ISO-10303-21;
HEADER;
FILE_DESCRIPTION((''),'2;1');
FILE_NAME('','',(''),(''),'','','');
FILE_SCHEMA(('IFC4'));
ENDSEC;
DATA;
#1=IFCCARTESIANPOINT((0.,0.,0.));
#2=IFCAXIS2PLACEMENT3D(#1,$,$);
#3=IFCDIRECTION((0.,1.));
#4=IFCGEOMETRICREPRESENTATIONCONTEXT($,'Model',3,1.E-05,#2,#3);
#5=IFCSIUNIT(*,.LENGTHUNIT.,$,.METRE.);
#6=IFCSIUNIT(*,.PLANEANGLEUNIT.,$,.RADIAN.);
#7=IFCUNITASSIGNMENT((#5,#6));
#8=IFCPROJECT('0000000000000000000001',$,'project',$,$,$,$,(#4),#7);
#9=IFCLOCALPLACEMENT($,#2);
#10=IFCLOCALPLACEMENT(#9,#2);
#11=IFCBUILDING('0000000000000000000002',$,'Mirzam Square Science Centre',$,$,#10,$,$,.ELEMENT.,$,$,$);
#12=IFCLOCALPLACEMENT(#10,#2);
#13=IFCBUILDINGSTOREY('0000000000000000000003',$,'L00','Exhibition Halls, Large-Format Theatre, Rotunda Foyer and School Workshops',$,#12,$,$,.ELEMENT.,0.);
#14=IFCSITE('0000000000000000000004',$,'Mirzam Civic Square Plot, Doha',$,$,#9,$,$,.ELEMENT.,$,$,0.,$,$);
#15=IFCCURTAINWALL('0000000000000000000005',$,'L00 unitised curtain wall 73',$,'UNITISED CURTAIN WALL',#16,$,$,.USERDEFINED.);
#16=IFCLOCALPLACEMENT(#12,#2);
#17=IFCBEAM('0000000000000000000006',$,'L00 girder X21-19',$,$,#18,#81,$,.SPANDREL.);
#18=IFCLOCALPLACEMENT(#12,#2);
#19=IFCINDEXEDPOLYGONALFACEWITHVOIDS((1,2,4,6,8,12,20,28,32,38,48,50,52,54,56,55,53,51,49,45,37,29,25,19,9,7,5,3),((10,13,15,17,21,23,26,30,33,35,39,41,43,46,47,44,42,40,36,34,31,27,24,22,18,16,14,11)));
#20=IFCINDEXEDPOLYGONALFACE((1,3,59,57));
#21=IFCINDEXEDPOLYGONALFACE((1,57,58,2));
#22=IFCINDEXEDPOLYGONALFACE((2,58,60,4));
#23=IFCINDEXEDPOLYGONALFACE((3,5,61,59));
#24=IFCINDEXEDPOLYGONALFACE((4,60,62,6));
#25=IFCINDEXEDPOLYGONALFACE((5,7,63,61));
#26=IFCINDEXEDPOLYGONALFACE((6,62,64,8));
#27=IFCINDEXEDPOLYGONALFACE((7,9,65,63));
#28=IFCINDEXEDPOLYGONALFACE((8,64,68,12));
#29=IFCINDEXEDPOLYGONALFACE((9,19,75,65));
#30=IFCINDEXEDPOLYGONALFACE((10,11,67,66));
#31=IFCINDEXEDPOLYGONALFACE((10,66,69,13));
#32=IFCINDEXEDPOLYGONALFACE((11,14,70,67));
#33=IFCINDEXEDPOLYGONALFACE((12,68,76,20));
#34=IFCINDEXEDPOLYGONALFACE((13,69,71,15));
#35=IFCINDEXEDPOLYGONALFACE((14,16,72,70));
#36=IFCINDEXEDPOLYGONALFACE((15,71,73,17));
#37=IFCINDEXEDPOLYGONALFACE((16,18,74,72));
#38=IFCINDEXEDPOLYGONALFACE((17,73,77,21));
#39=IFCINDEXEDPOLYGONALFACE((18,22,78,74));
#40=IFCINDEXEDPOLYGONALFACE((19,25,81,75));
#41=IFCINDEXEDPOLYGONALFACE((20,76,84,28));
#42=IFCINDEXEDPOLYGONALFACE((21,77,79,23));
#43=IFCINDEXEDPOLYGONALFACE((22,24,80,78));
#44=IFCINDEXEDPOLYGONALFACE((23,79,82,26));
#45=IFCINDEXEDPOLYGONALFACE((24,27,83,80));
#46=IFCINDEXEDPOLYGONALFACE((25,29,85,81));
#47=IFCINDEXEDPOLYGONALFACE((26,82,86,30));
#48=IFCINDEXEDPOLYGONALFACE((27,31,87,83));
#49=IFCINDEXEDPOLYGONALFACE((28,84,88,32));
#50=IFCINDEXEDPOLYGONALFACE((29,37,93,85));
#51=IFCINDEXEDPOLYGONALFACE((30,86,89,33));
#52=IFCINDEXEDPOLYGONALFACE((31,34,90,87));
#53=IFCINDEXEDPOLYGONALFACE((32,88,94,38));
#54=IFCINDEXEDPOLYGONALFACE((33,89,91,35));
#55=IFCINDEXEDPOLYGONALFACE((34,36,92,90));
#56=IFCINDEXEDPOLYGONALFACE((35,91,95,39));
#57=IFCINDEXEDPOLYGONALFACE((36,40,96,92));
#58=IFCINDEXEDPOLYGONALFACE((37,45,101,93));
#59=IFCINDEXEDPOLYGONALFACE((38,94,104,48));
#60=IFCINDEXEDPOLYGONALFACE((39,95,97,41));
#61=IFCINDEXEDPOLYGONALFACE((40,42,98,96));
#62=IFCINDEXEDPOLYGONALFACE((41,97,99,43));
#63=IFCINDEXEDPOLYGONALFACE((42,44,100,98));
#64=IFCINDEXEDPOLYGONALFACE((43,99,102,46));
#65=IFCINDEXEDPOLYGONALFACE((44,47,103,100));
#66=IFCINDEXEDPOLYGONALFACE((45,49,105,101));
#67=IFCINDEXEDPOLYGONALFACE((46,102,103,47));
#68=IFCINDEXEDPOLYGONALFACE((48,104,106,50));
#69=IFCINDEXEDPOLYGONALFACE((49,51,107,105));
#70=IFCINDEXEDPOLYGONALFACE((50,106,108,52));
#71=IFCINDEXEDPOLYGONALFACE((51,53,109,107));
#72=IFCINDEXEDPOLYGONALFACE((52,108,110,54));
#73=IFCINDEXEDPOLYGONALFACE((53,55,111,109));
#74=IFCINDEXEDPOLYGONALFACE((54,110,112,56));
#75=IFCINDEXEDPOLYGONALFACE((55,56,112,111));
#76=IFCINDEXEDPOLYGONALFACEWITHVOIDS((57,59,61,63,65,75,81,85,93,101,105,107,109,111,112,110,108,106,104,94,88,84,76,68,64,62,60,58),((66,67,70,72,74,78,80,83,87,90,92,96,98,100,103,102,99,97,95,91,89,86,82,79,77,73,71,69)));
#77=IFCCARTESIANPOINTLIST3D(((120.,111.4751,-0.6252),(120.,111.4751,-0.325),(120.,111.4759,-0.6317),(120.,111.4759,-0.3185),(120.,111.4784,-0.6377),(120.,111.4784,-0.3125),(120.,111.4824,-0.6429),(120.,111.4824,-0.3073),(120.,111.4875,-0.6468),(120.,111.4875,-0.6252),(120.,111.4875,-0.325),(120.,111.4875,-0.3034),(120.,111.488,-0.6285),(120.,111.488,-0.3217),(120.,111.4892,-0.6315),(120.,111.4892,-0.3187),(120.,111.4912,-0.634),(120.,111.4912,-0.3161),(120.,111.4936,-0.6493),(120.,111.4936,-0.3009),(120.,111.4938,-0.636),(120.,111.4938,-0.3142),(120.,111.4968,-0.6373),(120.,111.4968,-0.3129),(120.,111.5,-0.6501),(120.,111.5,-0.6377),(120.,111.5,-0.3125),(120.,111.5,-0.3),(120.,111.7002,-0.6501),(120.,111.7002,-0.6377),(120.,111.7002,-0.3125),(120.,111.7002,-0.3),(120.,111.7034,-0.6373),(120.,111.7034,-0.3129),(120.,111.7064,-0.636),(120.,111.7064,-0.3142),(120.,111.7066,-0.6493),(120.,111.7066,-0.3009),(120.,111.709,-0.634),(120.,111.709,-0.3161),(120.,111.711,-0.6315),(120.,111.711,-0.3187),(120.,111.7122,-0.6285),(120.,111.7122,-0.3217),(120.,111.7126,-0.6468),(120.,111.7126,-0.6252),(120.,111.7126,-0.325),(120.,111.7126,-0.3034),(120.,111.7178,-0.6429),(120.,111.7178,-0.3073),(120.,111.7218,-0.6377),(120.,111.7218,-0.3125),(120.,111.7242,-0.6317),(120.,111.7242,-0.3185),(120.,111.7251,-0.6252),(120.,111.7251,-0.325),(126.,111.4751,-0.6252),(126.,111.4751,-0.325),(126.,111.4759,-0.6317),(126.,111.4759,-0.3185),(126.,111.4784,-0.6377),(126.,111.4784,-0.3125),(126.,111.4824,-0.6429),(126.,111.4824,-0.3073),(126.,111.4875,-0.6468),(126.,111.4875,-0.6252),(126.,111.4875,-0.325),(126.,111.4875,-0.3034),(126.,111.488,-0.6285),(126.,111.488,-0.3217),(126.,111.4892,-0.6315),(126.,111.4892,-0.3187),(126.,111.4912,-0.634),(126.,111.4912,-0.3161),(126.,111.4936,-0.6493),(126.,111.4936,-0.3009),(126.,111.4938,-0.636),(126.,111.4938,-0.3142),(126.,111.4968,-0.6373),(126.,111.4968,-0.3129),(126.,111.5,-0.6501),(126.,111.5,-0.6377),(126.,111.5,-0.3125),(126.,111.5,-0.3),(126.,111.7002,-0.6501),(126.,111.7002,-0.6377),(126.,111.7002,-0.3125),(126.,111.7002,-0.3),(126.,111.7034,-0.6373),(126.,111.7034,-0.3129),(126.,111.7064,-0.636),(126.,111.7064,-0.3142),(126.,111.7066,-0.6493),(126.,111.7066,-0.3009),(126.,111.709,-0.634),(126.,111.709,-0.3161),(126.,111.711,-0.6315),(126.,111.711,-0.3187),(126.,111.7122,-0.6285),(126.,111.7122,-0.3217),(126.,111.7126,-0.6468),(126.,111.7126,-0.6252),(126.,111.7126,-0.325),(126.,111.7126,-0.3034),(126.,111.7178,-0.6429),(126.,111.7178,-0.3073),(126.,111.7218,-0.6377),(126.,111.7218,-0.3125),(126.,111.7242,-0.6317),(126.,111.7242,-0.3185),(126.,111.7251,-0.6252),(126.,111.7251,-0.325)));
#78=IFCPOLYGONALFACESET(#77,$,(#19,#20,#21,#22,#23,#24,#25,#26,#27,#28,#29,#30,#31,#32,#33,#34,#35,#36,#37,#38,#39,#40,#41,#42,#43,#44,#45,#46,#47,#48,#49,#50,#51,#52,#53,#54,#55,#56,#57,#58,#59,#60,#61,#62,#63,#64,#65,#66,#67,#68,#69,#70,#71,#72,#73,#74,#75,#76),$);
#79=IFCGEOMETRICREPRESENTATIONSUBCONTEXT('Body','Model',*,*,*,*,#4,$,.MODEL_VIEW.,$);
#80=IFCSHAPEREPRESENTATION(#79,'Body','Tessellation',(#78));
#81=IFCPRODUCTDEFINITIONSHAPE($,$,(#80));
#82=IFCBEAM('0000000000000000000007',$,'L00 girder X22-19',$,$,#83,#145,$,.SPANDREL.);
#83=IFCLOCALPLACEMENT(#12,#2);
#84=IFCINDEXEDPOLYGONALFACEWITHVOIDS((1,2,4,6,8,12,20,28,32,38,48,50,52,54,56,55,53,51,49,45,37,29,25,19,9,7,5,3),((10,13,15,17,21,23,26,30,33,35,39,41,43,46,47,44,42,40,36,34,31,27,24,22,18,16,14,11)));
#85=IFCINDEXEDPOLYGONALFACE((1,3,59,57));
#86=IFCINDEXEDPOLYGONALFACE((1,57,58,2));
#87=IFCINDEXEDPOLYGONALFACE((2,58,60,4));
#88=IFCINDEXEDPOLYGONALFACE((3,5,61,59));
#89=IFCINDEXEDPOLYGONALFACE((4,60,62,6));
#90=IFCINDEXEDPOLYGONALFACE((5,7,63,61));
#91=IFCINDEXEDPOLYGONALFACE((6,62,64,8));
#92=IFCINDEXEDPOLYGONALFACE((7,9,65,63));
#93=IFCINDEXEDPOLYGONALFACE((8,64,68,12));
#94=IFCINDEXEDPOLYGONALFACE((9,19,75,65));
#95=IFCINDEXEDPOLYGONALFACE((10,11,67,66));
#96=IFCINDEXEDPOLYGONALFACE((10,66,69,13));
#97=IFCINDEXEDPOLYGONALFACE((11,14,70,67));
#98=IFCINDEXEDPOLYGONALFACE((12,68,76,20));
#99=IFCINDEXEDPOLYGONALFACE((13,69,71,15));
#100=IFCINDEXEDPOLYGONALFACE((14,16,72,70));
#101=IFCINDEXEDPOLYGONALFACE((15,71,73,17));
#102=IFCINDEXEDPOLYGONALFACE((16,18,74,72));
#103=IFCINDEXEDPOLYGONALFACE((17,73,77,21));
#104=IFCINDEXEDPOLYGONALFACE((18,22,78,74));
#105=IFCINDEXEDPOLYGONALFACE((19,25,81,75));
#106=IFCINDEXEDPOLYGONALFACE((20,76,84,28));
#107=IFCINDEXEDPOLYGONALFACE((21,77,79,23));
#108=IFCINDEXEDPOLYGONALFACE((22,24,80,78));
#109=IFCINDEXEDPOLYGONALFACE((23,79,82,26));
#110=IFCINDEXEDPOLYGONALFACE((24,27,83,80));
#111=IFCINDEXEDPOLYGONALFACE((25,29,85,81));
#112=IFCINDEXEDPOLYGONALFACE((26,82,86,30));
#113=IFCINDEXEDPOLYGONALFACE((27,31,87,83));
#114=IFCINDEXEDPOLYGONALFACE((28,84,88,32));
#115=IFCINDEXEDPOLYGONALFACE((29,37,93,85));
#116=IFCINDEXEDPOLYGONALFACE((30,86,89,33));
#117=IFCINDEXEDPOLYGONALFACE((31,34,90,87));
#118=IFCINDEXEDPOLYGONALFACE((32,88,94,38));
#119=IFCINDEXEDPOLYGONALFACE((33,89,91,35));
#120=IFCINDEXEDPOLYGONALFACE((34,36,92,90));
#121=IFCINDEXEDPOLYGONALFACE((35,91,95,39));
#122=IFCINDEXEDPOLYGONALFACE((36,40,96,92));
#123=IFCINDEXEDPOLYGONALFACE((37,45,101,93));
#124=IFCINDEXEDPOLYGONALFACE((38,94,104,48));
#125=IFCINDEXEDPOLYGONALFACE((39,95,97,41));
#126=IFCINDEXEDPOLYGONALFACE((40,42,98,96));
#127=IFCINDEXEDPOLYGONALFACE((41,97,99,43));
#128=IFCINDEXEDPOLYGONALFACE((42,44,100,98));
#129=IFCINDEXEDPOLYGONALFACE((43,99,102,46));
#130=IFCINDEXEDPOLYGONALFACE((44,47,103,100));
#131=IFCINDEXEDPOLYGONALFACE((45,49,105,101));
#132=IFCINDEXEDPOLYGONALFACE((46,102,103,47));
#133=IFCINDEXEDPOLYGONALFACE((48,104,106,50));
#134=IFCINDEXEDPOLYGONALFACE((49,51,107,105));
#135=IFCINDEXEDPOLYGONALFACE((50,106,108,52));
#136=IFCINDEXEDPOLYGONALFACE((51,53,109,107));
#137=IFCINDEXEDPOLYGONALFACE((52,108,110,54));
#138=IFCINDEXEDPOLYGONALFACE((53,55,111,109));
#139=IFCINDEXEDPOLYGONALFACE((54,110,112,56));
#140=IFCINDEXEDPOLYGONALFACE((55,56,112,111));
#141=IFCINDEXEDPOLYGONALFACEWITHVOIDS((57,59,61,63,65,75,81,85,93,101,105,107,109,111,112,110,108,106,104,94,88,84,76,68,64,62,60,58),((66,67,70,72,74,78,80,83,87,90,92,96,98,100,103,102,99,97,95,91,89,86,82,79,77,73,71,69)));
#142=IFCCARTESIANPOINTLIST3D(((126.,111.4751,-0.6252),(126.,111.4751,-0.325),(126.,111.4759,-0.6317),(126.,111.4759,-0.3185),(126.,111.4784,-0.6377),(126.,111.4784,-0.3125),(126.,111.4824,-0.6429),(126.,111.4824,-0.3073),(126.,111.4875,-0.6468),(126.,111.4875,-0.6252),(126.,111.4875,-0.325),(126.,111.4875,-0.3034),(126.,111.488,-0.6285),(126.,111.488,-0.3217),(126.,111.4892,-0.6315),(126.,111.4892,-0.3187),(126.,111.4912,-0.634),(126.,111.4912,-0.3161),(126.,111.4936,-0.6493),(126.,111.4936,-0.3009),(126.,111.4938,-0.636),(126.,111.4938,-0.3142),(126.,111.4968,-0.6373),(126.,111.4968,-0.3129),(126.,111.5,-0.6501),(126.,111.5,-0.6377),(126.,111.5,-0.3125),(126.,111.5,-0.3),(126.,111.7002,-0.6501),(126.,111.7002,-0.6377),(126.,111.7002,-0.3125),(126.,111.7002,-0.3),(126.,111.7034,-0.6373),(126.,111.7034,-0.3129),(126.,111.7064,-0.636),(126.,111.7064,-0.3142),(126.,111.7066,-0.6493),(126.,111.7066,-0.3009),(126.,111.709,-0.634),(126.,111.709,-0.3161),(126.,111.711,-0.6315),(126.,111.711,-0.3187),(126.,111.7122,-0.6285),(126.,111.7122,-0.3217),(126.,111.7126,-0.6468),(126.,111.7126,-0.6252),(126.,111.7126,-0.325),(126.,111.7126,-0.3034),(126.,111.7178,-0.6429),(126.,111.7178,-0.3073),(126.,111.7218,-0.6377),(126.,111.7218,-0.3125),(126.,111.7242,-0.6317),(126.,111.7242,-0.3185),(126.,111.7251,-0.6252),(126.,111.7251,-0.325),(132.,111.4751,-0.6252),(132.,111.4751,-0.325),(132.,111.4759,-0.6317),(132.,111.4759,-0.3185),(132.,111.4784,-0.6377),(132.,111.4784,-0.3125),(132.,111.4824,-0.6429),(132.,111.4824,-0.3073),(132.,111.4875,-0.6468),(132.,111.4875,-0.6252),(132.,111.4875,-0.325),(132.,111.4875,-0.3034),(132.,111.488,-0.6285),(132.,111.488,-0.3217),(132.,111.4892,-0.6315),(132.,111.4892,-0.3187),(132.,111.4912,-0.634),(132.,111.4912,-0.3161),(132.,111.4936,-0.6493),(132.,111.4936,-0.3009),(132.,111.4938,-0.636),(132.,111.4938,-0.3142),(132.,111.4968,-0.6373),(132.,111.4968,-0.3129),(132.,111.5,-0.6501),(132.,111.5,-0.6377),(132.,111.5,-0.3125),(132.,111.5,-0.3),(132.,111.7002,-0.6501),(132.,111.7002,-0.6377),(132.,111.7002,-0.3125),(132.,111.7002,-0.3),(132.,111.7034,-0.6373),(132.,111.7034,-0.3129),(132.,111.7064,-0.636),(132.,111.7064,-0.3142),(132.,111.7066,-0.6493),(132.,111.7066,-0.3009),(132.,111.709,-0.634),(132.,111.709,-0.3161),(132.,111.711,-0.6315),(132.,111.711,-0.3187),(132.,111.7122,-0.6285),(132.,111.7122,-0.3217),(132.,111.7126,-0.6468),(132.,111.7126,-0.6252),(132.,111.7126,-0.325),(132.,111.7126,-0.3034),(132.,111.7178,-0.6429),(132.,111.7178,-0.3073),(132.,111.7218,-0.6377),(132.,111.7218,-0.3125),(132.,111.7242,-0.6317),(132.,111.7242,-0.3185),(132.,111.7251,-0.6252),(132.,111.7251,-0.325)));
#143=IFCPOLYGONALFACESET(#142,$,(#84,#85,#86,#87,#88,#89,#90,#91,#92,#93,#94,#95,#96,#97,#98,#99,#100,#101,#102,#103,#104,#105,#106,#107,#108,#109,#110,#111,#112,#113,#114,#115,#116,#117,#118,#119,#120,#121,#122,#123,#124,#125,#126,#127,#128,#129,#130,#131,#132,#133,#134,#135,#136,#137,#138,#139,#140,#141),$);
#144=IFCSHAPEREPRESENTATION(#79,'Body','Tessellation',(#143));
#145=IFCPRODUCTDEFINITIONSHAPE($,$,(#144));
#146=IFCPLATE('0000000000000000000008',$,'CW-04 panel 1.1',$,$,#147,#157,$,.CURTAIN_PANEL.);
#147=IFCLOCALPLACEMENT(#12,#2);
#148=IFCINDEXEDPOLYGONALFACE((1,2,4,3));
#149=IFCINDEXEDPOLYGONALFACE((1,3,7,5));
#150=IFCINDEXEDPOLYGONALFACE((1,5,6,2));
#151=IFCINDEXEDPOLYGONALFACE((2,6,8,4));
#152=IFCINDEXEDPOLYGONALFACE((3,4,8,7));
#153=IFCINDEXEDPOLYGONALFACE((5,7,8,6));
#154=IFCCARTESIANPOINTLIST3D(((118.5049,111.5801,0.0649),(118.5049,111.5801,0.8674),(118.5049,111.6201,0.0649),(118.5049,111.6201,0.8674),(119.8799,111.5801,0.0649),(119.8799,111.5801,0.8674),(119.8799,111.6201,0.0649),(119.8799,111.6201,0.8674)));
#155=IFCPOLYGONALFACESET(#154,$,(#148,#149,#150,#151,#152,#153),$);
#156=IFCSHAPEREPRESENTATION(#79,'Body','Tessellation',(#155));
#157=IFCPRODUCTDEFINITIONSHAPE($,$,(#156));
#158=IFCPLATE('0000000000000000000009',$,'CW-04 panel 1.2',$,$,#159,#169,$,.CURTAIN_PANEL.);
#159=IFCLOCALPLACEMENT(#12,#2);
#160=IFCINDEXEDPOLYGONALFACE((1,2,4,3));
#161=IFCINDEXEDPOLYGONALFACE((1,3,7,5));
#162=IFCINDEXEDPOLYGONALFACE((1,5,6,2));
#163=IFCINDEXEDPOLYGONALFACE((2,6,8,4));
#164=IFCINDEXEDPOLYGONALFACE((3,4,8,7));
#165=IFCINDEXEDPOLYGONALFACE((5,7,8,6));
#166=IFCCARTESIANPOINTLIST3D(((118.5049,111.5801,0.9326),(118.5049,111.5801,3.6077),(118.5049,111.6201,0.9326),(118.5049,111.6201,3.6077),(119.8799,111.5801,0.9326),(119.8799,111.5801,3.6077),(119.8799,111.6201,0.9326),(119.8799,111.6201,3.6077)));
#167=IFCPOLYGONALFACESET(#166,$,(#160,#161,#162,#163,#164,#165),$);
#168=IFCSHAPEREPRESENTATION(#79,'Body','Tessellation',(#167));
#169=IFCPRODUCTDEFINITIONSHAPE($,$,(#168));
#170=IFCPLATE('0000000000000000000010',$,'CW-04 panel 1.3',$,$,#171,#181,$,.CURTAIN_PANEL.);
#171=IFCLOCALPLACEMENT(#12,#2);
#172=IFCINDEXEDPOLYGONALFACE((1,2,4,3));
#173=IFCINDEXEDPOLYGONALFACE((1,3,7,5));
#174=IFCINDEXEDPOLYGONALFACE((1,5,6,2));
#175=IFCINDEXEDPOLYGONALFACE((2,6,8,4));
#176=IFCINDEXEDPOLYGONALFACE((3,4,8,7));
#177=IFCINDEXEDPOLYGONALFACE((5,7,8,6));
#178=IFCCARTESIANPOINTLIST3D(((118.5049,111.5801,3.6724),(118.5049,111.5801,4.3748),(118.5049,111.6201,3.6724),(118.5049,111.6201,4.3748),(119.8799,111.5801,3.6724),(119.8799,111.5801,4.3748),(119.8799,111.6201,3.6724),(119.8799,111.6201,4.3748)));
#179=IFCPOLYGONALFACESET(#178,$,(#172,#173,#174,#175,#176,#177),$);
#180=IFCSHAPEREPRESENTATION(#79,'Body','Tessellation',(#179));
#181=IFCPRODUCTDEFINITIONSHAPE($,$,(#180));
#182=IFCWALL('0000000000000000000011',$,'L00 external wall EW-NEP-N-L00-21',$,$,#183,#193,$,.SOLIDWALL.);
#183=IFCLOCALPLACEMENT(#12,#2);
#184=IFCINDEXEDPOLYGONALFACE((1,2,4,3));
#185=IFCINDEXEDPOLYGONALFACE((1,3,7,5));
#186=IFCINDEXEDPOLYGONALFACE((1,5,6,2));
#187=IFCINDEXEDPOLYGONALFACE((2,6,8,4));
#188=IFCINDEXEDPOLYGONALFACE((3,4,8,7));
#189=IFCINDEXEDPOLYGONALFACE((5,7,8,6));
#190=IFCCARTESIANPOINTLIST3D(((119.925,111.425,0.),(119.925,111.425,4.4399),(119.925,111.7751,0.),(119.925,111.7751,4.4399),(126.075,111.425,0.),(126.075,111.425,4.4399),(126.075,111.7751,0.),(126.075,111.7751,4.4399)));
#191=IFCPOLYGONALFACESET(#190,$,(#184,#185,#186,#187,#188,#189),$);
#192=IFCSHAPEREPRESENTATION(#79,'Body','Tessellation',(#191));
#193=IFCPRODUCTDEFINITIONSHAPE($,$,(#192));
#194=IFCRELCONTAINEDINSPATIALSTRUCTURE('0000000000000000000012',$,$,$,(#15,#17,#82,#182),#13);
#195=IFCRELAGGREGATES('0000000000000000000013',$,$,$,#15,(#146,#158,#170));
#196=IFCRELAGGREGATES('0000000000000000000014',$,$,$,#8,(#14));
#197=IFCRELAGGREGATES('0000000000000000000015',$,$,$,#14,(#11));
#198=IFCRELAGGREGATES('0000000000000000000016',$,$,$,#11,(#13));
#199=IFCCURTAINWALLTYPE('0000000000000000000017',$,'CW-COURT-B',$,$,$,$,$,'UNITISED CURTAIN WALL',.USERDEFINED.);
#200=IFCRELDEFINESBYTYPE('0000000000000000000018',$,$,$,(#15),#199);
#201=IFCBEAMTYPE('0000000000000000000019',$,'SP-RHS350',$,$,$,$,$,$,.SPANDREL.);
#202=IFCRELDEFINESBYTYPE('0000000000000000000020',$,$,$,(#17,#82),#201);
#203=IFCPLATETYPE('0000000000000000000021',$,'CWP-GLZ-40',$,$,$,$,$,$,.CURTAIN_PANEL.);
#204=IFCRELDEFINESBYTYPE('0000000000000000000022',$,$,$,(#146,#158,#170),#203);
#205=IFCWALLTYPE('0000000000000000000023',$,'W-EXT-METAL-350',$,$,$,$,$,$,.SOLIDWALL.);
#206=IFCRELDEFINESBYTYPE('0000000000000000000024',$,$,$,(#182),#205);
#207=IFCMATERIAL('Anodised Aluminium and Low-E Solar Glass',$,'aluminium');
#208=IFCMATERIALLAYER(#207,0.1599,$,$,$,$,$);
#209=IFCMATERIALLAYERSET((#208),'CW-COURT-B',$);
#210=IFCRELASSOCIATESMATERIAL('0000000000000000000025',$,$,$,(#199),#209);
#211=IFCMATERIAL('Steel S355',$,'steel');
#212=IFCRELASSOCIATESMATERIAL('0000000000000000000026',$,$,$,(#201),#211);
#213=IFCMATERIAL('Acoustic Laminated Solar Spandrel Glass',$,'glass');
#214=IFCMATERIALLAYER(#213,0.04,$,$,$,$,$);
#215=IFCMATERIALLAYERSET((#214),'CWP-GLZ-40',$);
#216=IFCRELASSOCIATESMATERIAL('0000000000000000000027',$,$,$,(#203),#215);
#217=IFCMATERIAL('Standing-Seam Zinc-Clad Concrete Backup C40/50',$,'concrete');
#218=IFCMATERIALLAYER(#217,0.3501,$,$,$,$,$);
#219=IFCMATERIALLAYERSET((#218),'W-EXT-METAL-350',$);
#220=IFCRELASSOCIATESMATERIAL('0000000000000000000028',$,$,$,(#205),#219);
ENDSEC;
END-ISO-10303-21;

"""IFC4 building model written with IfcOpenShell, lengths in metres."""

from ifc_helpers import new_model, si_unit, direction, frame, frame_2d, origin, origin_2d, place, context, subcontext, project, spatial, rectangle, hollow_rectangle, extrude, material, layer, layer_set, material_profile, profile_set, type_object, element, aggregate, save


model = new_model("IFC4")

# Units and contexts
model_context = context("Model", 3, precision=1e-05, world=origin(), true_north=direction((0.0, 1.0)))
body_context = subcontext(model_context, "Body", "Model", "MODEL_VIEW")
ifc_project = project(units=[si_unit("LENGTHUNIT", "METRE"), si_unit("PLANEANGLEUNIT", "RADIAN")], contexts=[model_context])

# Site, building, storey
site_placement = place(None, origin())
site = spatial("IfcSite", under=ifc_project, at=site_placement, Name="Mirzam Civic Square Plot, Doha", CompositionType="ELEMENT", RefElevation=0.0)
building_placement = place(site_placement, origin())
building = spatial("IfcBuilding", under=site, at=building_placement, Name="Mirzam Square Science Centre", CompositionType="ELEMENT")
storey_placement = place(building_placement, origin())
storey = spatial("IfcBuildingStorey", under=building, at=storey_placement, Name="L00", Description="Exhibition Halls, Large-Format Theatre, Rotunda Foyer and School Workshops", CompositionType="ELEMENT", Elevation=0.0)

# Shared definitions
ifc_material_1 = material(Name="Steel S355", Category="steel")

# Curtain wall
ifc_material_2 = material(Name="Anodised Aluminium and Low-E Solar Glass", Category="aluminium")
ifc_layer_1 = layer(ifc_material_2, 0.1599)
ifc_layer_set_1 = layer_set([ifc_layer_1], Name="CW-COURT-B")
curtain_wall_type = type_object("IfcCurtainWallType", Name="CW-COURT-B", ElementType="UNITISED CURTAIN WALL", PredefinedType="USERDEFINED", material=ifc_layer_set_1)
curtain_wall_placement = place(storey_placement, origin())
curtain_wall = element("IfcCurtainWall", 1, at=curtain_wall_placement, inside=storey, type_object=curtain_wall_type, Name="L00 unitised curtain wall 73", ObjectType="UNITISED CURTAIN WALL", PredefinedType="USERDEFINED")

# Beams
ifc_material_profile_1 = material_profile(ifc_material_1, hollow_rectangle(XDim=0.25, YDim=0.3501, WallThickness=0.0125, InnerFilletRadius=0.0125, OuterFilletRadius=0.0249, at=origin_2d()), Name="350x250x12.5RHS")
ifc_profile_set_1 = profile_set([ifc_material_profile_1], Name="Steel S355")
beam_type = type_object("IfcBeamType", Name="SP-RHS350", PredefinedType="SPANDREL", material=ifc_profile_set_1)
for number, where, z_axis, x_axis, name in (
    (2, (120.0, 111.6001, -0.4751), (1.0, 0.0, 0.0), (0.0, 1.0, 0.0), "L00 girder X21-19"),
    (3, (126.0, 111.6001, -0.4751), (1.0, 0.0, 0.0), (0.0, 1.0, 0.0), "L00 girder X22-19"),
):
    element("IfcBeam", number, at=place(storey_placement, frame(where, z_axis=z_axis, x_axis=x_axis)), inside=storey, type_object=beam_type, Name=name, PredefinedType="SPANDREL", context=body_context, shape_type="SweptSolid", body=[
        extrude(hollow_rectangle(XDim=0.25, YDim=0.3501, WallThickness=0.0125, InnerFilletRadius=0.0125, OuterFilletRadius=0.0249, at=origin_2d()), origin(), (0.0, 0.0, 1.0), 6.0),
    ])

# Plates
ifc_material_3 = material(Name="Acoustic Laminated Solar Spandrel Glass", Category="glass")
ifc_layer_2 = layer(ifc_material_3, 0.04)
ifc_layer_set_2 = layer_set([ifc_layer_2], Name="CWP-GLZ-40")
plate_type = type_object("IfcPlateType", Name="CWP-GLZ-40", PredefinedType="CURTAIN_PANEL", material=ifc_layer_set_2)
plate_1_placement = place(storey_placement, frame((119.1924, 111.6001, 0.0649), z_axis=(0.0, 0.0, 1.0), x_axis=(-1.0, 0.0, 0.0)))
plate_1 = element("IfcPlate", 4, at=plate_1_placement, type_object=plate_type, Name="CW-04 panel 1.1", PredefinedType="CURTAIN_PANEL", context=body_context, shape_type="SweptSolid", body=[
    extrude(rectangle(XDim=1.375, YDim=0.04, at=origin_2d()), origin(), (0.0, 0.0, 1.0), 0.8025),
])
plate_2_placement = place(storey_placement, frame((119.1924, 111.6001, 0.9326), z_axis=(0.0, 0.0, 1.0), x_axis=(-1.0, 0.0, 0.0)))
plate_2 = element("IfcPlate", 5, at=plate_2_placement, type_object=plate_type, Name="CW-04 panel 1.2", PredefinedType="CURTAIN_PANEL", context=body_context, shape_type="SweptSolid", body=[
    extrude(rectangle(XDim=1.375, YDim=0.04, at=origin_2d()), origin(), (0.0, 0.0, 1.0), 2.675),
])
plate_3_placement = place(storey_placement, frame((119.1924, 111.6001, 3.6724), z_axis=(0.0, 0.0, 1.0), x_axis=(-1.0, 0.0, 0.0)))
plate_3 = element("IfcPlate", 6, at=plate_3_placement, type_object=plate_type, Name="CW-04 panel 1.3", PredefinedType="CURTAIN_PANEL", context=body_context, shape_type="SweptSolid", body=[
    extrude(rectangle(XDim=1.375, YDim=0.04, at=origin_2d()), origin(), (0.0, 0.0, 1.0), 0.7024),
])
aggregate(curtain_wall, [plate_1, plate_2, plate_3])

# Wall
ifc_material_4 = material(Name="Standing-Seam Zinc-Clad Concrete Backup C40/50", Category="concrete")
ifc_layer_3 = layer(ifc_material_4, 0.3501)
ifc_layer_set_3 = layer_set([ifc_layer_3], Name="W-EXT-METAL-350")
wall_type = type_object("IfcWallType", Name="W-EXT-METAL-350", PredefinedType="SOLIDWALL", material=ifc_layer_set_3)
wall_placement = place(storey_placement, frame((126.075, 111.6001, 0.0), z_axis=(0.0, 0.0, 1.0), x_axis=(-1.0, 0.0, 0.0)))
element("IfcWall", 7, at=wall_placement, inside=storey, type_object=wall_type, Name="L00 external wall EW-NEP-N-L00-21", PredefinedType="SOLIDWALL", context=body_context, shape_type="SweptSolid", body=[
    extrude(rectangle(XDim=6.1499, YDim=0.3501, at=frame_2d((3.075, 0.0))), origin(), (0.0, 0.0, 1.0), 4.4399),
])

save(model, "model.ifc")
